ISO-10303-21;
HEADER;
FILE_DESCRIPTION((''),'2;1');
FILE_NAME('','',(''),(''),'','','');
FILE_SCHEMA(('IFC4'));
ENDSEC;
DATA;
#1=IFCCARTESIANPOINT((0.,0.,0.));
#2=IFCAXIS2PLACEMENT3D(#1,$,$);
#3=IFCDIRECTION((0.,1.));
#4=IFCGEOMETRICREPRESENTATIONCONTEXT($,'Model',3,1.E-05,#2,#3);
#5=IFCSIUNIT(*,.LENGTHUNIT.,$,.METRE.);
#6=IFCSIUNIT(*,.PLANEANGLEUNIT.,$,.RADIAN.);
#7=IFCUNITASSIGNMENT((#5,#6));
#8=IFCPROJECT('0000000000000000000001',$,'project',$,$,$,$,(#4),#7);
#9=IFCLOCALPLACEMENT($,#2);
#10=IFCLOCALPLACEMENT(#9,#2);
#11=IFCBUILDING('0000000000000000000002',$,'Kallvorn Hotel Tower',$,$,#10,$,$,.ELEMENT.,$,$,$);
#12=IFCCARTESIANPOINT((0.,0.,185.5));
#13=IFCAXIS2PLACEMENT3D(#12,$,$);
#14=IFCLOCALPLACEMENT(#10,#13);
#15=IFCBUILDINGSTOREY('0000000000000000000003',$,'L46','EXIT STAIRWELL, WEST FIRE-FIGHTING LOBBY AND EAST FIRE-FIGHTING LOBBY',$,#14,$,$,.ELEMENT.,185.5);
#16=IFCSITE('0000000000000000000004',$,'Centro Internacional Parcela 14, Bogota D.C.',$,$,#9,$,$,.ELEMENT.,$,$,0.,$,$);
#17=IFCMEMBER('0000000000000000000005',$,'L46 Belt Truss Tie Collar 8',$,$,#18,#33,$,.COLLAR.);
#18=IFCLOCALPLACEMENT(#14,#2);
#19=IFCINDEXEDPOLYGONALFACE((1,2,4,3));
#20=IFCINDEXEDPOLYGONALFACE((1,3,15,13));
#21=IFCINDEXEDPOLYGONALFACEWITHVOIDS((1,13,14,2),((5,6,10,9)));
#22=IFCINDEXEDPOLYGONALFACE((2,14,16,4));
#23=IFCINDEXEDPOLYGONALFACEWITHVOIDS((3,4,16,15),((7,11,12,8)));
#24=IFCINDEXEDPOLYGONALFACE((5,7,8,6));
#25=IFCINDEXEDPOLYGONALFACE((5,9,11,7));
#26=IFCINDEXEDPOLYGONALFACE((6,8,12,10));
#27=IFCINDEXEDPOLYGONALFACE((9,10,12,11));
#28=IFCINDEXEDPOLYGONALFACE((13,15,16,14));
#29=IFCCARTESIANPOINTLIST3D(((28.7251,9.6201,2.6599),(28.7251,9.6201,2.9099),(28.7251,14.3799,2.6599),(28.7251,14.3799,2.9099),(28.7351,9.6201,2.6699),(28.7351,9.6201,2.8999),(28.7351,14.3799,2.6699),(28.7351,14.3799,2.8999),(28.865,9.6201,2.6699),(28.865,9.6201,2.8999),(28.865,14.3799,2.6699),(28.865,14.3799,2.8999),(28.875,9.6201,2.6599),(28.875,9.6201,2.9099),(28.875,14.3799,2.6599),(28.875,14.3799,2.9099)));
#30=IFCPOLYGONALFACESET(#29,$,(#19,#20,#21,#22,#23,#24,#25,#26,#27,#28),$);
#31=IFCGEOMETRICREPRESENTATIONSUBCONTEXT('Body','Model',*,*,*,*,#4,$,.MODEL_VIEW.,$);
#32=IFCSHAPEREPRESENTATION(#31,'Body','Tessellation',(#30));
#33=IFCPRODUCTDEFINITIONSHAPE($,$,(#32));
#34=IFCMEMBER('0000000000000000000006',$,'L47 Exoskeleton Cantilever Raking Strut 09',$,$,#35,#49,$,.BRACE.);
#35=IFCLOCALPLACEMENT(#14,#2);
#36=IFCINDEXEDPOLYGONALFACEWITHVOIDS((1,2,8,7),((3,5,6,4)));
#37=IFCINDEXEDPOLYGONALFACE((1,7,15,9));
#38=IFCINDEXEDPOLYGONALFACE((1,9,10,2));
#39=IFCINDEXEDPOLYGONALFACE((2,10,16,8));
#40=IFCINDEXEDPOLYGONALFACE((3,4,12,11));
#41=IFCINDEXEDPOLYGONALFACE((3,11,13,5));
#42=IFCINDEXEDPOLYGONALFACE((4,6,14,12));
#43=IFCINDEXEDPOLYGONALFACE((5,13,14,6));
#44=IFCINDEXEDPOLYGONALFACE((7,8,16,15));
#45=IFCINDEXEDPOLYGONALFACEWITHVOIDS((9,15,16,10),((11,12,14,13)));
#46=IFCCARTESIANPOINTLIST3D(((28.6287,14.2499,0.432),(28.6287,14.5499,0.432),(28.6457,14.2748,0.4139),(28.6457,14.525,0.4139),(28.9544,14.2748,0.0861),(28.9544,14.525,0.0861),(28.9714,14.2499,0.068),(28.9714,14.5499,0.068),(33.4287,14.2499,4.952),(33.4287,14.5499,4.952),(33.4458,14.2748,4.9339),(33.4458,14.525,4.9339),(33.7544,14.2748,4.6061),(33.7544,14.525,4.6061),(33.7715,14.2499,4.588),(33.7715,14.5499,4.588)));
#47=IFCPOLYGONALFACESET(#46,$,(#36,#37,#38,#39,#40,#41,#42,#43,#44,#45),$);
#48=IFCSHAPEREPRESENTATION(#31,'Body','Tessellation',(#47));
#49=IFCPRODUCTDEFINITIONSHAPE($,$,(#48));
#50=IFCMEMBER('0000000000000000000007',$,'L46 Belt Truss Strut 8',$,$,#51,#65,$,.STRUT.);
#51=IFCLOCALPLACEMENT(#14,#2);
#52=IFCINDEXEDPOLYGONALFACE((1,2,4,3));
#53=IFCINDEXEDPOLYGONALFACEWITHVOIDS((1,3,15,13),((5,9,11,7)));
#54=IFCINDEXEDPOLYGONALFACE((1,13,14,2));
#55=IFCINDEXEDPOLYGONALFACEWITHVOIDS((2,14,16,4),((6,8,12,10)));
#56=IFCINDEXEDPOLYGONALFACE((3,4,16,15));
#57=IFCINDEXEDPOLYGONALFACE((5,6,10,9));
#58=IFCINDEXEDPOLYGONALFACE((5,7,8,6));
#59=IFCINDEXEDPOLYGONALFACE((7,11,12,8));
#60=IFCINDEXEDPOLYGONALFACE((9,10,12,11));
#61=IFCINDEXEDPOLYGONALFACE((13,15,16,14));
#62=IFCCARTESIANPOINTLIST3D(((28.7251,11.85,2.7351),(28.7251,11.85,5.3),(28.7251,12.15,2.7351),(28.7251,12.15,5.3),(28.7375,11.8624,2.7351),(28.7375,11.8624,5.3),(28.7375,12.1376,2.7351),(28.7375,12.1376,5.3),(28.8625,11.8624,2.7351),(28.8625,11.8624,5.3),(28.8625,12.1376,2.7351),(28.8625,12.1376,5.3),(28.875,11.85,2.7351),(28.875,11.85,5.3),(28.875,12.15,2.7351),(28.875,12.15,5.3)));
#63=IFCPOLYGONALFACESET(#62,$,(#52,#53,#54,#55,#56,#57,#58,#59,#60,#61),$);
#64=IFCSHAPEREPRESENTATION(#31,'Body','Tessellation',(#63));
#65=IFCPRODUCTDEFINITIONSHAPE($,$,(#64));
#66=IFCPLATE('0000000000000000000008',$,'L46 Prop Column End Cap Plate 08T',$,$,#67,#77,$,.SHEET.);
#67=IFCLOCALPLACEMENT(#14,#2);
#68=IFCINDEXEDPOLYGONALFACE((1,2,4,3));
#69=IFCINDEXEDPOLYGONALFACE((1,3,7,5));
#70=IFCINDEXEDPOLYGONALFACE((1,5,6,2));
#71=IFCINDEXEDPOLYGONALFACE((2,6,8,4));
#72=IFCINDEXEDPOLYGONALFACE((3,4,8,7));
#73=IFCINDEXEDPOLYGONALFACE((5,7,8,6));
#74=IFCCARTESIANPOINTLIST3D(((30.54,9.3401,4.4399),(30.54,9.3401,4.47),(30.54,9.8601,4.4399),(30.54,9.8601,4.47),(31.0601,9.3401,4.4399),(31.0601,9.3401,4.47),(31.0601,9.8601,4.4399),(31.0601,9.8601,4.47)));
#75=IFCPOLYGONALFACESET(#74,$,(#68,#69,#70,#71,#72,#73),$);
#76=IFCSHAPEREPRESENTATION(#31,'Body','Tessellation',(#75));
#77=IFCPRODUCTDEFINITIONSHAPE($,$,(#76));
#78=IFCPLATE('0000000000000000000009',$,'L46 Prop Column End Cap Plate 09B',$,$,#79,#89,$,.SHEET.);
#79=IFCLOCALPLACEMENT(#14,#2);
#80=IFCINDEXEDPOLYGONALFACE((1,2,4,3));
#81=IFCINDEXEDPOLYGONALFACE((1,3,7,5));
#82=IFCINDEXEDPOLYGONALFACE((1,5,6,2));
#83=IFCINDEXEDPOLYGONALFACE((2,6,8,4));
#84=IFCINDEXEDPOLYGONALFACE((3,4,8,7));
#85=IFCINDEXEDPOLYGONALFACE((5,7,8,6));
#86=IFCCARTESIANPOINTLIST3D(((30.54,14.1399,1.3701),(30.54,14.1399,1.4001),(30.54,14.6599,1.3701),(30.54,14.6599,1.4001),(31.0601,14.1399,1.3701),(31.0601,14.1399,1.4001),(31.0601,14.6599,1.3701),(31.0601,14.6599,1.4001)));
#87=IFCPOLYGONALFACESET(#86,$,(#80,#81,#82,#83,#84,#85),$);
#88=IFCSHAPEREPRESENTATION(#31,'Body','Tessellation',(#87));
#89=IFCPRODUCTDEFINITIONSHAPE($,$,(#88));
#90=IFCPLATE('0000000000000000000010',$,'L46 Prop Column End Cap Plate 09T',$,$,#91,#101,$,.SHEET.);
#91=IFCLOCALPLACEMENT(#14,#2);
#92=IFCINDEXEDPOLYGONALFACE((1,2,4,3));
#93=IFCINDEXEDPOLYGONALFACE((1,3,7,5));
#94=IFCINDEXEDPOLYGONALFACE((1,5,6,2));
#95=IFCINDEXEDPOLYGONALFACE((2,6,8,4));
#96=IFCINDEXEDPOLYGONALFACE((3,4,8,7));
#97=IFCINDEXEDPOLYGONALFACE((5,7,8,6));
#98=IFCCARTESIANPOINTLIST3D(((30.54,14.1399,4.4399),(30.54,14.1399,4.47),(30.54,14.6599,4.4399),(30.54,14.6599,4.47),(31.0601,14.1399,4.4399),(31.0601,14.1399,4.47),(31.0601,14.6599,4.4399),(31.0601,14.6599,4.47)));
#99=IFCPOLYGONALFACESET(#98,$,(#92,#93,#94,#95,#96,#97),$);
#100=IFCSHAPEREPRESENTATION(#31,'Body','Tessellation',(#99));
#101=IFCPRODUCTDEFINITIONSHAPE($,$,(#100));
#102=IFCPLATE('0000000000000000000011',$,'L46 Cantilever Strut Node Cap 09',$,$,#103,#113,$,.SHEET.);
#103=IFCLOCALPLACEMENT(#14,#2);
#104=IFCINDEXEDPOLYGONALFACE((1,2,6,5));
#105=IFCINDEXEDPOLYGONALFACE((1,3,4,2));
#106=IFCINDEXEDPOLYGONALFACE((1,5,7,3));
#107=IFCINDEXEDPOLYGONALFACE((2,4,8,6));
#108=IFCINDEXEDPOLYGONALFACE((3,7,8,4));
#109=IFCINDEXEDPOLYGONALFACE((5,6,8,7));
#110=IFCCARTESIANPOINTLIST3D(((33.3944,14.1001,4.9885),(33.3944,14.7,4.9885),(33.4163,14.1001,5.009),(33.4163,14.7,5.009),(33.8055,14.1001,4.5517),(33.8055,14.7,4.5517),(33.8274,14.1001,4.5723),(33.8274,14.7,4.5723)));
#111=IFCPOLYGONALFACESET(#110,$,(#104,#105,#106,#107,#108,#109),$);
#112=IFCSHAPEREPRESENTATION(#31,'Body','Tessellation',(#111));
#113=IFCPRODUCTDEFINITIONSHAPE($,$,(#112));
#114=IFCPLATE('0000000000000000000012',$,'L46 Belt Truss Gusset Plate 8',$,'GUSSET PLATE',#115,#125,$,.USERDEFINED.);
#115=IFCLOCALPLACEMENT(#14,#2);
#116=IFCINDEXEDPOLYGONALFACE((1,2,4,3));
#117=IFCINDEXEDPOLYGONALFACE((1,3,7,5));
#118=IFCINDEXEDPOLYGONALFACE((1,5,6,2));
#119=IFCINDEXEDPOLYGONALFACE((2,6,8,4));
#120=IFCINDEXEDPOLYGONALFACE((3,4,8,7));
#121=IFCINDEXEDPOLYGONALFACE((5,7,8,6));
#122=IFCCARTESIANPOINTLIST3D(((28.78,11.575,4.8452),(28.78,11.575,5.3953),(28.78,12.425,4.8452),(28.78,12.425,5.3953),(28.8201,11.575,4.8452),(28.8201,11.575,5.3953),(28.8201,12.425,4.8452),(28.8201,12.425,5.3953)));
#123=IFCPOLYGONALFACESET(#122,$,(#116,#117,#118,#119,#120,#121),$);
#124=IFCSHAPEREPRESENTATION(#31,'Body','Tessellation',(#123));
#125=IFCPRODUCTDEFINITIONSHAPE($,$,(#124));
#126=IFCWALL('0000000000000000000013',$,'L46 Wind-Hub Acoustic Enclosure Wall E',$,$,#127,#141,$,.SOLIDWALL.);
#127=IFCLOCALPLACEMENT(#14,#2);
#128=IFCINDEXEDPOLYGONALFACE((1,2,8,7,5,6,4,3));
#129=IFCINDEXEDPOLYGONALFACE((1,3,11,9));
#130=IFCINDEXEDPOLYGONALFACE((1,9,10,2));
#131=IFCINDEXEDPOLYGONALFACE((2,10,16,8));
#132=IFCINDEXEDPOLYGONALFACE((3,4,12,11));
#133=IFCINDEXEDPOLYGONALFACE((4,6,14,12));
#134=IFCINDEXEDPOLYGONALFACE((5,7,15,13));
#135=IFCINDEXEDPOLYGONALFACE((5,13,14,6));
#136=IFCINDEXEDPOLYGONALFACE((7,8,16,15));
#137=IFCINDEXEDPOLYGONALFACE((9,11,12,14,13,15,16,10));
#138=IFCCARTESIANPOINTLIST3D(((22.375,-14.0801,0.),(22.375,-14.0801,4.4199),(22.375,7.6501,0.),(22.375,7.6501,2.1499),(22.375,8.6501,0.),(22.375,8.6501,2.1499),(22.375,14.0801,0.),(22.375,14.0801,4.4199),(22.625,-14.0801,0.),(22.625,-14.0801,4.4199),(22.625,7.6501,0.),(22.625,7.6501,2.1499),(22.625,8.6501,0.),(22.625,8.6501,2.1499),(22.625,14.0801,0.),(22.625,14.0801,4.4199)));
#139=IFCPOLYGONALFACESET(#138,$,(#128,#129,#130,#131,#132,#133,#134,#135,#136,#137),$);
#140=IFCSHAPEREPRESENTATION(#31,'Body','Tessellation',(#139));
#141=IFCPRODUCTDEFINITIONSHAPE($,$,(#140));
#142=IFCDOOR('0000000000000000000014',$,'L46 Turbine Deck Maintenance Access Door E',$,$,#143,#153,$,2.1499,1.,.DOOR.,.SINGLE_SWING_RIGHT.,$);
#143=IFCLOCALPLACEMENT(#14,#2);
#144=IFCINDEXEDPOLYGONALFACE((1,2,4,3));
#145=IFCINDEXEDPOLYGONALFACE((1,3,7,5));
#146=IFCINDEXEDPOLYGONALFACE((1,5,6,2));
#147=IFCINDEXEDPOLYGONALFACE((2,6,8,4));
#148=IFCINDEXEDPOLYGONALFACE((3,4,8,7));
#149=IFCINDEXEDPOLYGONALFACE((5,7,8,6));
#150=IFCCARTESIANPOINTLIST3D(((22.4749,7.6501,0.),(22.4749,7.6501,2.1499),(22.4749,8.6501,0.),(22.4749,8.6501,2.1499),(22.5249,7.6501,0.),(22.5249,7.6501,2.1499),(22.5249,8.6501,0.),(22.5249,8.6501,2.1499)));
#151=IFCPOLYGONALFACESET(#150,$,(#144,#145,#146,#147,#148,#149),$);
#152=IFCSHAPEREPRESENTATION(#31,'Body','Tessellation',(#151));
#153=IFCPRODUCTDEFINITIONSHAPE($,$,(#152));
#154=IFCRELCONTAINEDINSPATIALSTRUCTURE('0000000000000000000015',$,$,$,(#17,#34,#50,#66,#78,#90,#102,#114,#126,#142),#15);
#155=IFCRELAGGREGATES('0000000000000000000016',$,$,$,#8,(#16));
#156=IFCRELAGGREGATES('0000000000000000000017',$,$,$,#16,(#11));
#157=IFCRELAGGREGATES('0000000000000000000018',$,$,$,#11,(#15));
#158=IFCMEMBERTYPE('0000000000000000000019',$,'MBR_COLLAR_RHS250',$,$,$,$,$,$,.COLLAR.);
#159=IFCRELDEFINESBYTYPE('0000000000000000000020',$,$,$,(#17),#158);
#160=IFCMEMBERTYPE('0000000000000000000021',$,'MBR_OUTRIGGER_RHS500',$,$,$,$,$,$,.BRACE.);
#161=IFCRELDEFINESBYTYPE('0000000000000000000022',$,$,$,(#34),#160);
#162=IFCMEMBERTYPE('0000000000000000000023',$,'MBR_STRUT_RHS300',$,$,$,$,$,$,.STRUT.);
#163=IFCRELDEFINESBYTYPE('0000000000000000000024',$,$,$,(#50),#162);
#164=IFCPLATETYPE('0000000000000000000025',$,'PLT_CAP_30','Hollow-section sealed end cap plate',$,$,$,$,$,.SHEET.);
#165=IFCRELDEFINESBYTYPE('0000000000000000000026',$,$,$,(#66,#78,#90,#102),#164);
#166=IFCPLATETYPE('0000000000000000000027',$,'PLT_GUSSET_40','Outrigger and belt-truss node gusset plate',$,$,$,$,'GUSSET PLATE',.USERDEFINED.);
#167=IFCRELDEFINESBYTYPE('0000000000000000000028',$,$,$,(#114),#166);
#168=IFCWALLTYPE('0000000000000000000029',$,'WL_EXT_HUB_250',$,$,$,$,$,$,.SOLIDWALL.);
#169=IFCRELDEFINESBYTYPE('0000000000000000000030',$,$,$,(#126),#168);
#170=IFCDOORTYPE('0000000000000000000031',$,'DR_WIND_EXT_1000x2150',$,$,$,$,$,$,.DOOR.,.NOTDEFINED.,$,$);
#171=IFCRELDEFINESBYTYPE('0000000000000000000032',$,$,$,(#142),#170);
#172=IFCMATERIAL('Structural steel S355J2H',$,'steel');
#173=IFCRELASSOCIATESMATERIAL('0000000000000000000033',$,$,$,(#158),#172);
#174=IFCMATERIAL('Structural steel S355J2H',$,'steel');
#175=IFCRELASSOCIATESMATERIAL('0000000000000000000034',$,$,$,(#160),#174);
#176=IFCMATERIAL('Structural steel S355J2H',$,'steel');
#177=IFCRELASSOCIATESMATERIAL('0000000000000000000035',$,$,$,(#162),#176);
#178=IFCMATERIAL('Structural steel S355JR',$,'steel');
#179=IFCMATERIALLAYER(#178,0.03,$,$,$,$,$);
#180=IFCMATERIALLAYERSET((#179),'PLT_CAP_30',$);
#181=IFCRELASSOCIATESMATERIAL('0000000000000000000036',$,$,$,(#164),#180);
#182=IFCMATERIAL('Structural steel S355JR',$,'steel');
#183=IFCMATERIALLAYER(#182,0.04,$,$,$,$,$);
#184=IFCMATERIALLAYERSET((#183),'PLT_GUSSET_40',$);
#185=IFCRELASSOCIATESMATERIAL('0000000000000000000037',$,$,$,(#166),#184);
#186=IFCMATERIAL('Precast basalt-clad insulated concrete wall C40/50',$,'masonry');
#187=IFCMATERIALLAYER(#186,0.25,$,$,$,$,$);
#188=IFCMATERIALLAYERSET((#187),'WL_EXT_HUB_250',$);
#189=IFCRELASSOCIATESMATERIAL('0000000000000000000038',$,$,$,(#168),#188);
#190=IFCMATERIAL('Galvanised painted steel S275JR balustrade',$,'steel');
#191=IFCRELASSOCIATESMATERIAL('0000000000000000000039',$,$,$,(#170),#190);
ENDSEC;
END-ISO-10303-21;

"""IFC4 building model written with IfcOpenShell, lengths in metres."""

from ifc_helpers import new_model, si_unit, direction, frame, frame_2d, origin, origin_2d, place, context, subcontext, project, spatial, polyline, rectangle, hollow_rectangle, outline, extrude, material, layer, layer_set, material_profile, profile_set, type_object, element, fill, save


model = new_model("IFC4")

# Units and contexts
model_context = context("Model", 3, precision=1e-05, world=origin(), true_north=direction((0.0, 1.0)))
body_context = subcontext(model_context, "Body", "Model", "MODEL_VIEW")
ifc_project = project(units=[si_unit("LENGTHUNIT", "METRE"), si_unit("PLANEANGLEUNIT", "RADIAN")], contexts=[model_context])

# Site, building, storey
site_placement = place(None, origin())
site = spatial("IfcSite", under=ifc_project, at=site_placement, Name="Centro Internacional Parcela 14, Bogota D.C.", CompositionType="ELEMENT", RefElevation=0.0)
building_placement = place(site_placement, origin())
building = spatial("IfcBuilding", under=site, at=building_placement, Name="Kallvorn Hotel Tower", CompositionType="ELEMENT")
storey_placement = place(building_placement, frame((0.0, 0.0, 185.5)))
storey = spatial("IfcBuildingStorey", under=building, at=storey_placement, Name="L46", Description="EXIT STAIRWELL, WEST FIRE-FIGHTING LOBBY AND EAST FIRE-FIGHTING LOBBY", CompositionType="ELEMENT", Elevation=185.5)

# Members
ifc_material_1 = material(Name="Structural steel S355J2H", Category="steel")
ifc_material_profile_1 = material_profile(ifc_material_1, hollow_rectangle(XDim=0.1499, YDim=0.25, WallThickness=0.01, at=origin_2d()), Name="RHS 250x150x10")
ifc_profile_set_1 = profile_set([ifc_material_profile_1], Name="Structural steel S355J2H")
member_type_1 = type_object("IfcMemberType", Name="MBR_COLLAR_RHS250", PredefinedType="COLLAR", material=ifc_profile_set_1)
member_1_placement = place(storey_placement, frame((28.8, 9.6201, 2.7849), z_axis=(0.0, 1.0, 0.0), x_axis=(-1.0, 0.0, 0.0)))
element("IfcMember", 1, at=member_1_placement, inside=storey, type_object=member_type_1, Name="L46 Belt Truss Tie Collar 8", PredefinedType="COLLAR", context=body_context, shape_type="SweptSolid", body=[
    extrude(hollow_rectangle(XDim=0.1499, YDim=0.25, WallThickness=0.01, at=origin_2d()), origin(), (0.0, 0.0, 1.0), 4.7598),
])
ifc_material_2 = material(Name="Structural steel S355J2H", Category="steel")
ifc_material_profile_2 = material_profile(ifc_material_2, hollow_rectangle(XDim=0.3, YDim=0.5, WallThickness=0.0249, at=origin_2d()), Name="RHS 500x300x25")
ifc_profile_set_2 = profile_set([ifc_material_profile_2], Name="Structural steel S355J2H")
member_type_2 = type_object("IfcMemberType", Name="MBR_OUTRIGGER_RHS500", PredefinedType="BRACE", material=ifc_profile_set_2)
member_2_placement = place(storey_placement, frame((28.8, 14.3999, 0.25), z_axis=(0.728024, 0.0, 0.685552), x_axis=(0.0, 1.0, 0.0)))
element("IfcMember", 2, at=member_2_placement, inside=storey, type_object=member_type_2, Name="L47 Exoskeleton Cantilever Raking Strut 09", PredefinedType="BRACE", context=body_context, shape_type="SweptSolid", body=[
    extrude(hollow_rectangle(XDim=0.3, YDim=0.5, WallThickness=0.0249, at=origin_2d()), origin(), (0.0, 0.0, 1.0), 6.5933),
])
ifc_material_3 = material(Name="Structural steel S355J2H", Category="steel")
ifc_material_profile_3 = material_profile(ifc_material_3, hollow_rectangle(XDim=0.1499, YDim=0.3, WallThickness=0.0125, at=origin_2d()), Name="RHS 300x150x12.5")
ifc_profile_set_3 = profile_set([ifc_material_profile_3], Name="Structural steel S355J2H")
member_type_3 = type_object("IfcMemberType", Name="MBR_STRUT_RHS300", PredefinedType="STRUT", material=ifc_profile_set_3)
member_3_placement = place(storey_placement, frame((28.8, 12.0, 2.7351), z_axis=(0.0, 0.0, 1.0), x_axis=(1.0, 0.0, 0.0)))
element("IfcMember", 3, at=member_3_placement, inside=storey, type_object=member_type_3, Name="L46 Belt Truss Strut 8", PredefinedType="STRUT", context=body_context, shape_type="SweptSolid", body=[
    extrude(hollow_rectangle(XDim=0.1499, YDim=0.3, WallThickness=0.0125, at=origin_2d()), origin(), (0.0, 0.0, 1.0), 2.5649),
])

# Plates
ifc_material_4 = material(Name="Structural steel S355JR", Category="steel")
ifc_layer_1 = layer(ifc_material_4, 0.03)
ifc_layer_set_1 = layer_set([ifc_layer_1], Name="PLT_CAP_30")
plate_type_1 = type_object("IfcPlateType", Name="PLT_CAP_30", Description="Hollow-section sealed end cap plate", PredefinedType="SHEET", material=ifc_layer_set_1)
for number, where, z_axis, x_axis, name in (
    (4, (30.8, 9.6001, 4.4399), (0.0, 0.0, 1.0), (1.0, 0.0, 0.0), "L46 Prop Column End Cap Plate 08T"),
    (5, (30.8, 14.3999, 1.3701), (0.0, 0.0, 1.0), (1.0, 0.0, 0.0), "L46 Prop Column End Cap Plate 09B"),
    (6, (30.8, 14.3999, 4.4399), (0.0, 0.0, 1.0), (1.0, 0.0, 0.0), "L46 Prop Column End Cap Plate 09T"),
):
    element("IfcPlate", number, at=place(storey_placement, frame(where, z_axis=z_axis, x_axis=x_axis)), inside=storey, type_object=plate_type_1, Name=name, PredefinedType="SHEET", context=body_context, shape_type="SweptSolid", body=[
        extrude(rectangle(XDim=0.52, YDim=0.52, at=origin_2d()), origin(), (0.0, 0.0, 1.0), 0.03),
    ])
plate_1_placement = place(storey_placement, frame((33.8274, 14.1001, 4.5723), z_axis=(0.728152, 0.0, 0.685415), x_axis=(0.0, 1.0, 0.0)))
element("IfcPlate", 7, at=plate_1_placement, inside=storey, type_object=plate_type_1, Name="L46 Cantilever Strut Node Cap 09", PredefinedType="SHEET", context=body_context, shape_type="SweptSolid", body=[
    extrude(outline(polyline([(0.0, 0.0), (0.5999, 0.0), (0.5999, 0.5998), (0.0, 0.5998), (0.0, 0.0)])), origin(), (0.0, 0.0, -1.0), 0.03),
])
ifc_material_5 = material(Name="Structural steel S355JR", Category="steel")
ifc_layer_2 = layer(ifc_material_5, 0.04)
ifc_layer_set_2 = layer_set([ifc_layer_2], Name="PLT_GUSSET_40")
plate_type_2 = type_object("IfcPlateType", Name="PLT_GUSSET_40", Description="Outrigger and belt-truss node gusset plate", ElementType="GUSSET PLATE", PredefinedType="USERDEFINED", material=ifc_layer_set_2)
plate_2_placement = place(storey_placement, frame((28.8, 12.0, 4.8452), z_axis=(0.0, 0.0, 1.0), x_axis=(0.0, 1.0, 0.0)))
element("IfcPlate", 8, at=plate_2_placement, inside=storey, type_object=plate_type_2, Name="L46 Belt Truss Gusset Plate 8", ObjectType="GUSSET PLATE", PredefinedType="USERDEFINED", context=body_context, shape_type="SweptSolid", body=[
    extrude(rectangle(XDim=0.8501, YDim=0.04, at=origin_2d()), origin(), (0.0, 0.0, 1.0), 0.55),
])

# Wall, opening, door
ifc_material_6 = material(Name="Precast basalt-clad insulated concrete wall C40/50", Category="masonry")
ifc_layer_3 = layer(ifc_material_6, 0.25)
ifc_layer_set_3 = layer_set([ifc_layer_3], Name="WL_EXT_HUB_250")
wall_type = type_object("IfcWallType", Name="WL_EXT_HUB_250", PredefinedType="SOLIDWALL", material=ifc_layer_set_3)
wall_placement = place(storey_placement, frame((22.5, 14.0801, 0.0), z_axis=(0.0, 0.0, 1.0), x_axis=(0.0, -1.0, 0.0)))
wall = element("IfcWall", 9, at=wall_placement, inside=storey, type_object=wall_type, Name="L46 Wind-Hub Acoustic Enclosure Wall E", PredefinedType="SOLIDWALL", context=body_context, shape_type="SweptSolid", body=[
    extrude(rectangle(XDim=28.1602, YDim=0.25, at=frame_2d((14.0801, 0.0))), origin(), (0.0, 0.0, 1.0), 4.4199),
])
opening_placement = place(wall_placement, frame((5.4299, 0.0, 0.0)))
opening = element("IfcOpeningElement", 10, at=opening_placement, cuts=wall, PredefinedType="OPENING", context=body_context, shape_type="SweptSolid", body=[
    extrude(rectangle(XDim=1.0, YDim=2.1499, at=frame_2d((0.5, 1.075))), frame((0.0, 0.1399, 0.0), z_axis=(0.0, -1.0, 0.0), x_axis=(1.0, 0.0, 0.0)), (0.0, 0.0, 1.0), 0.28),
])
ifc_material_7 = material(Name="Galvanised painted steel S275JR balustrade", Category="steel")
door_type = type_object("IfcDoorType", Name="DR_WIND_EXT_1000x2150", OperationType="NOTDEFINED", PredefinedType="DOOR", material=ifc_material_7)
door_placement = place(opening_placement, origin())
door = element("IfcDoor", 11, at=door_placement, inside=storey, type_object=door_type, Name="L46 Turbine Deck Maintenance Access Door E", OperationType="SINGLE_SWING_RIGHT", OverallHeight=2.1499, OverallWidth=1.0, PredefinedType="DOOR", context=body_context, shape_type="SweptSolid", body=[
    extrude(rectangle(XDim=1.0, YDim=2.1499, at=frame_2d((0.5, 1.075))), frame((0.0, 0.0249, 0.0), z_axis=(0.0, -1.0, 0.0), x_axis=(1.0, 0.0, 0.0)), (0.0, 0.0, 1.0), 0.05),
])
fill(opening, door)

save(model, "model.ifc")
